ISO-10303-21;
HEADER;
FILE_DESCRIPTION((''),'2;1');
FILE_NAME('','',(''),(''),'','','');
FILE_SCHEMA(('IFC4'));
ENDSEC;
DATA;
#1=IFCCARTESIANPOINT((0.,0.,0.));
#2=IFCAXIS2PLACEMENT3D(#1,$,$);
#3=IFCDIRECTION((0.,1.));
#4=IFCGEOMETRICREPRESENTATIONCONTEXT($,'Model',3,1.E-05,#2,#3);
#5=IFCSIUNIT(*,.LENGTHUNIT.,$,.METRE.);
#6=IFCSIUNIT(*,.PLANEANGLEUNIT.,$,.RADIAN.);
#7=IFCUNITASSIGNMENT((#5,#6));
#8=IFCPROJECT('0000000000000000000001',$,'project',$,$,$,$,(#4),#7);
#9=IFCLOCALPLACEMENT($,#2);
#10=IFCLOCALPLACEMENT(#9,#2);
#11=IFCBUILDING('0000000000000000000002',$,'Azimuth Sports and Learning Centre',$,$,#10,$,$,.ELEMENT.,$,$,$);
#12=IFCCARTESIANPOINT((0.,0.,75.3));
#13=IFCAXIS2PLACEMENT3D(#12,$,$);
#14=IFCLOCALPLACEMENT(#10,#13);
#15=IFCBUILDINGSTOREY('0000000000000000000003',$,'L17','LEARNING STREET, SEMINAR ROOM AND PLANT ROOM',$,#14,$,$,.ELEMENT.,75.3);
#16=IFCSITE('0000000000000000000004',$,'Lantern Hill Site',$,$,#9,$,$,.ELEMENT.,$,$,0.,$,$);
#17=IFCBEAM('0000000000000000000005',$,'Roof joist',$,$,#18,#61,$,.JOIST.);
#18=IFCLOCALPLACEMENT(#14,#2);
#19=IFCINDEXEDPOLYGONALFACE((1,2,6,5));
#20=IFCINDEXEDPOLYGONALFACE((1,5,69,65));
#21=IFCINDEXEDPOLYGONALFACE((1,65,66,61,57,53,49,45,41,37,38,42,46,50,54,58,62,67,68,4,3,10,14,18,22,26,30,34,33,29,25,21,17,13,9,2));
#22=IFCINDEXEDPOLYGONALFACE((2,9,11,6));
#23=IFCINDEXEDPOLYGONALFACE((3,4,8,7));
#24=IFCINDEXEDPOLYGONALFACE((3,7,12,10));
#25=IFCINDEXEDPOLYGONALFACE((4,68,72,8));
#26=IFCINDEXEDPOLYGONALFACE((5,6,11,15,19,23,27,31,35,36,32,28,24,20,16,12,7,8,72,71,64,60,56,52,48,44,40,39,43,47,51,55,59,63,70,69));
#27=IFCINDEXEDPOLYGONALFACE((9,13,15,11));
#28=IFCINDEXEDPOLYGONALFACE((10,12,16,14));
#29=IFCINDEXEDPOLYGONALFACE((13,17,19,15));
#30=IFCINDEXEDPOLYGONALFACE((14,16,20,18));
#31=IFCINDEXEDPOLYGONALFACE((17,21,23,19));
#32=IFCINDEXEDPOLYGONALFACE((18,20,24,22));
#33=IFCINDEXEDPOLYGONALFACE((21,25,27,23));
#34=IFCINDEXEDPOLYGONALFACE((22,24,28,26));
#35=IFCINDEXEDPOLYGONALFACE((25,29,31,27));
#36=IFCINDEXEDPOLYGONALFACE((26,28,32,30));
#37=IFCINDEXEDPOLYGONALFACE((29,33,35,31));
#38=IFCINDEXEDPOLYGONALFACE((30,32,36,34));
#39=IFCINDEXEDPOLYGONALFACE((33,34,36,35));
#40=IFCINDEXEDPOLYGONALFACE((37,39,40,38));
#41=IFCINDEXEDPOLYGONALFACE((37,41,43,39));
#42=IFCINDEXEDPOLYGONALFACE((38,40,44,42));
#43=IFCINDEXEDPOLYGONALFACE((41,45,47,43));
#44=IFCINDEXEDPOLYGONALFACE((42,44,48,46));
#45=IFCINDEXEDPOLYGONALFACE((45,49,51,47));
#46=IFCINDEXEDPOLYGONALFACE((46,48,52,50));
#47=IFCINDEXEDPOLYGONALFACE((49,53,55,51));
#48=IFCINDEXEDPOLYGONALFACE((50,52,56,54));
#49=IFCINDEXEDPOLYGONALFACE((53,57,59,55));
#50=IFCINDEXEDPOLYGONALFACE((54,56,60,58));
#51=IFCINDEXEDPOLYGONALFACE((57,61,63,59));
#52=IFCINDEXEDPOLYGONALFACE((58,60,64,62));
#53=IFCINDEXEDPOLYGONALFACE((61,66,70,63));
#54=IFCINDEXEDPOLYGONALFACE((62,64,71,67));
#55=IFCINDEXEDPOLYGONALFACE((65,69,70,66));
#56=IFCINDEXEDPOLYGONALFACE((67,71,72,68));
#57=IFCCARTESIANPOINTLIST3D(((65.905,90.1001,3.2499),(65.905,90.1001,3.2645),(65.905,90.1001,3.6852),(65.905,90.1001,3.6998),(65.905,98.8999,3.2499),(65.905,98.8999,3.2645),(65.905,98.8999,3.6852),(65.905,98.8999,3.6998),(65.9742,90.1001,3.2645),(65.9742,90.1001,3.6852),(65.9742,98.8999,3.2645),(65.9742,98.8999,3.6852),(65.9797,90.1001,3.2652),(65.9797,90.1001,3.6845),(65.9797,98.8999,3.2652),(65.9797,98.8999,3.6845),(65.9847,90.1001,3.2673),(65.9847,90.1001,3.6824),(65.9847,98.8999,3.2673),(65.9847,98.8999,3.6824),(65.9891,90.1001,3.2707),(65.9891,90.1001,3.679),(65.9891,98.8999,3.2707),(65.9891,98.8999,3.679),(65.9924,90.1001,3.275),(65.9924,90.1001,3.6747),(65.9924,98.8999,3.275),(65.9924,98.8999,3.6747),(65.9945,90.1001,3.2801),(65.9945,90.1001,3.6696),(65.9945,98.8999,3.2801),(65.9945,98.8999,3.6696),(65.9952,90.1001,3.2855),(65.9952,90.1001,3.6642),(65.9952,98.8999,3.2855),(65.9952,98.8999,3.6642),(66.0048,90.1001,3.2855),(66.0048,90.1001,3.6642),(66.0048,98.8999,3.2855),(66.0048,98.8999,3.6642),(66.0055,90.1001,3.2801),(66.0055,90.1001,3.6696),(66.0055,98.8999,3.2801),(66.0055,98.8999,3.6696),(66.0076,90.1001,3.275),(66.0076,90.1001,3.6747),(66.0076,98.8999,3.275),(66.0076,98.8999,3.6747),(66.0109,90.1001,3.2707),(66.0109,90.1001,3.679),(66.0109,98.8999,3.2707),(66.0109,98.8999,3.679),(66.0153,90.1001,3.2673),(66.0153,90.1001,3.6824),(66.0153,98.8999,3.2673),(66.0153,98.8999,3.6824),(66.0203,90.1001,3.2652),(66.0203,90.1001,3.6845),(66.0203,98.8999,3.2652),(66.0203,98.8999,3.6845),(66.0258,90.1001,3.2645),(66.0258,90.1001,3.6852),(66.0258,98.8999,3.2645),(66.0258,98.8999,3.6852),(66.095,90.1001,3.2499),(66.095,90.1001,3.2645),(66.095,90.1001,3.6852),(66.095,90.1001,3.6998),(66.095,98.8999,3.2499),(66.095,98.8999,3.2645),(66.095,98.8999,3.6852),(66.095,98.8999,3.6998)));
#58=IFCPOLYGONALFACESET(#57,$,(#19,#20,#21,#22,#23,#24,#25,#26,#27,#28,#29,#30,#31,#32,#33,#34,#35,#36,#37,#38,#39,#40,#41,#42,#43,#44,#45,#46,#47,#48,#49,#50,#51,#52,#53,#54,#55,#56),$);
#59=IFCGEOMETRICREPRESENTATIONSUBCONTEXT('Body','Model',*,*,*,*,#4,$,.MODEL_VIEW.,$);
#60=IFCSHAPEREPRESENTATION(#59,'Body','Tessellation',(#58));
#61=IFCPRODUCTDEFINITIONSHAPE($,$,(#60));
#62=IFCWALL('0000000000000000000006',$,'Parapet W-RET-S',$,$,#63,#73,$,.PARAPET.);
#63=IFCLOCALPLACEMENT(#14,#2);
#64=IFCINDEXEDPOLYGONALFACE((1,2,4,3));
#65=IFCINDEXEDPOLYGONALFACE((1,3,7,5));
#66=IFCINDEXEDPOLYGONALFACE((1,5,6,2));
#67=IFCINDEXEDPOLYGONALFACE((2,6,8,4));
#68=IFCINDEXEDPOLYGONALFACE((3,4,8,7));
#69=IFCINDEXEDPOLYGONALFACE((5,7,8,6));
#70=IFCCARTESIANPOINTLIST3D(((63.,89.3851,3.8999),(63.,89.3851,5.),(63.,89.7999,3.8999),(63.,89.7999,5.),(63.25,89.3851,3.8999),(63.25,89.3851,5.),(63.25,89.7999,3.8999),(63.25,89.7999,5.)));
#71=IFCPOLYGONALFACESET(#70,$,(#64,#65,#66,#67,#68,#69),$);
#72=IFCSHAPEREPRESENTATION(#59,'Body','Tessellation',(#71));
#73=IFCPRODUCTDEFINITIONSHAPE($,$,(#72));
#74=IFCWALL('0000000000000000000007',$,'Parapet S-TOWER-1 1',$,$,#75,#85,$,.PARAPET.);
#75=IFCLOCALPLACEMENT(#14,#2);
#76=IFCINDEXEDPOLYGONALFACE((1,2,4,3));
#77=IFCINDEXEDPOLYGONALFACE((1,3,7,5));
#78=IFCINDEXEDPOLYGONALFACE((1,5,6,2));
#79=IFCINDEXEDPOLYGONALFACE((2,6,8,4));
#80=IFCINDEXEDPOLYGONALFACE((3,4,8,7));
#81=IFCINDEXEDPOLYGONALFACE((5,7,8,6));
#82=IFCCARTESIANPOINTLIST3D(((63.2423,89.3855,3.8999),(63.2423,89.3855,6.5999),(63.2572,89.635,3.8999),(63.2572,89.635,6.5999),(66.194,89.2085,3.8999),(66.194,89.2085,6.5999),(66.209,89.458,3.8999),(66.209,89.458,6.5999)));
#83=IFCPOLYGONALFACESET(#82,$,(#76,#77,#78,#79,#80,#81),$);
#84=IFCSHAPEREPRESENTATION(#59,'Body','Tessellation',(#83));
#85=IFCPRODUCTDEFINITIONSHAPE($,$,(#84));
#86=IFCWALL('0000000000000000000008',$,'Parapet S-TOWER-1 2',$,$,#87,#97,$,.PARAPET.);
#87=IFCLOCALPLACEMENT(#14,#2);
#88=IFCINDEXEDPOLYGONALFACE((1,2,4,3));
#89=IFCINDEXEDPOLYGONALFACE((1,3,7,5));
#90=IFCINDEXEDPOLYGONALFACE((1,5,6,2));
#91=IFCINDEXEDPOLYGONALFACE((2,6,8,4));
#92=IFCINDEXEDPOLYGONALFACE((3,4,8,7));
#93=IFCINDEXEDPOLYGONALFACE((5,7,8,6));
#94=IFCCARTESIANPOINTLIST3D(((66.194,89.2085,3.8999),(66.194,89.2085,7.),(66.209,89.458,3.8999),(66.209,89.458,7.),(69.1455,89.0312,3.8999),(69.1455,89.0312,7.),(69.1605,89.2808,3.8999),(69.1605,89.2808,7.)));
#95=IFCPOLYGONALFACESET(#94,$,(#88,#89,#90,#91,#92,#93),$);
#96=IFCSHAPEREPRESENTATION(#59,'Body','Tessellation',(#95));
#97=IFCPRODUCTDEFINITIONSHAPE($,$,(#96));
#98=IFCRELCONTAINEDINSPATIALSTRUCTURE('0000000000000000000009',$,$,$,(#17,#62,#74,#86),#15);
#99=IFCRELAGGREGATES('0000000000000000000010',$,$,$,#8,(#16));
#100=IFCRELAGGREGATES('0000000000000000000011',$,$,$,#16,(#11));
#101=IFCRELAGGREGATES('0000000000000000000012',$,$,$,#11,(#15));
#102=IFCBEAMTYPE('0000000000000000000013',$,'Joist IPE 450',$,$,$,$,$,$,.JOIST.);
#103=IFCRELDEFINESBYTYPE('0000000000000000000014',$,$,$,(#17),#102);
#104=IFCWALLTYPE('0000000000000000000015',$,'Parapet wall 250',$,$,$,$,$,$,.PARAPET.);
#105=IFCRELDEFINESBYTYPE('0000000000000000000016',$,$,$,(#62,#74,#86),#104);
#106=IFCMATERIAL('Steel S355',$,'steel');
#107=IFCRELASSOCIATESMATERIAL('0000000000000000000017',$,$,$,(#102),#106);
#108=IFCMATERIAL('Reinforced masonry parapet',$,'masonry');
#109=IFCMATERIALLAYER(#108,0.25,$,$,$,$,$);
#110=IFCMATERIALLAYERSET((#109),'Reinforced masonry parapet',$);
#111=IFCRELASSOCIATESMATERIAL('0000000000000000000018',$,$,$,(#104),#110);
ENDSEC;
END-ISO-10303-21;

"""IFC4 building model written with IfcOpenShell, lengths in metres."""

from ifc_helpers import new_model, si_unit, direction, frame, frame_2d, origin, origin_2d, place, context, subcontext, project, spatial, rectangle, i_section, extrude, material, layer, layer_set, material_profile, profile_set, type_object, element, save


model = new_model("IFC4")

# Units and contexts
model_context = context("Model", 3, precision=1e-05, world=origin(), true_north=direction((0.0, 1.0)))
body_context = subcontext(model_context, "Body", "Model", "MODEL_VIEW")
ifc_project = project(units=[si_unit("LENGTHUNIT", "METRE"), si_unit("PLANEANGLEUNIT", "RADIAN")], contexts=[model_context])

# Site, building, storey
site_placement = place(None, origin())
site = spatial("IfcSite", under=ifc_project, at=site_placement, Name="Lantern Hill Site", CompositionType="ELEMENT", RefElevation=0.0)
building_placement = place(site_placement, origin())
building = spatial("IfcBuilding", under=site, at=building_placement, Name="Azimuth Sports and Learning Centre", CompositionType="ELEMENT")
storey_placement = place(building_placement, frame((0.0, 0.0, 75.3)))
storey = spatial("IfcBuildingStorey", under=building, at=storey_placement, Name="L17", Description="LEARNING STREET, SEMINAR ROOM AND PLANT ROOM", CompositionType="ELEMENT", Elevation=75.3)

# Beam
ifc_material_1 = material(Name="Steel S355", Category="steel")
ifc_material_profile_1 = material_profile(ifc_material_1, i_section(OverallWidth=0.1899, OverallDepth=0.45, WebThickness=0.0095, FlangeThickness=0.0146, FilletRadius=0.021, at=origin_2d()), Name="IPE 450")
ifc_profile_set_1 = profile_set([ifc_material_profile_1], Name="Steel S355")
beam_type_1 = type_object("IfcBeamType", Name="Joist IPE 450", PredefinedType="JOIST", material=ifc_profile_set_1)
beam_1_placement = place(storey_placement, frame((66.0, 90.1001, 3.4749), z_axis=(0.0, 1.0, 0.0), x_axis=(-1.0, 0.0, 0.0)))
element("IfcBeam", 1, at=beam_1_placement, inside=storey, type_object=beam_type_1, Name="Roof joist", PredefinedType="JOIST", context=body_context, shape_type="SweptSolid", body=[
    extrude(i_section(OverallWidth=0.1899, OverallDepth=0.45, WebThickness=0.0095, FlangeThickness=0.0146, FilletRadius=0.021, at=origin_2d()), origin(), (0.0, 0.0, 1.0), 8.7998),
])

# Walls
ifc_material_2 = material(Name="Reinforced masonry parapet", Category="masonry")
ifc_layer = layer(ifc_material_2, 0.25)
ifc_layer_set = layer_set([ifc_layer], Name="Reinforced masonry parapet")
wall_type = type_object("IfcWallType", Name="Parapet wall 250", PredefinedType="PARAPET", material=ifc_layer_set)
wall_1_placement = place(storey_placement, frame((63.125, 89.8, 3.8999), z_axis=(0.0, 0.0, 1.0), x_axis=(0.0, -1.0, 0.0)))
element("IfcWall", 2, at=wall_1_placement, inside=storey, type_object=wall_type, Name="Parapet W-RET-S", PredefinedType="PARAPET", context=body_context, shape_type="SweptSolid", body=[
    extrude(rectangle(XDim=0.4148, YDim=0.25, at=frame_2d((0.2075, 0.0))), origin(), (0.0, 0.0, 1.0), 1.1001),
])
wall_2_placement = place(storey_placement, frame((63.2498, 89.5103, 3.8999), z_axis=(0.0, 0.0, 1.0), x_axis=(0.998207, -0.059859, 0.0)))
element("IfcWall", 3, at=wall_2_placement, inside=storey, type_object=wall_type, Name="Parapet S-TOWER-1 1", PredefinedType="PARAPET", context=body_context, shape_type="SweptSolid", body=[
    extrude(rectangle(XDim=2.957, YDim=0.25, at=frame_2d((1.4785, 0.0))), origin(), (0.0, 0.0, 1.0), 2.7),
])
wall_3_placement = place(storey_placement, frame((66.2014, 89.3333, 3.8999), z_axis=(0.0, 0.0, 1.0), x_axis=(0.998202, -0.059947, 0.0)))
element("IfcWall", 4, at=wall_3_placement, inside=storey, type_object=wall_type, Name="Parapet S-TOWER-1 2", PredefinedType="PARAPET", context=body_context, shape_type="SweptSolid", body=[
    extrude(rectangle(XDim=2.9568, YDim=0.25, at=frame_2d((1.4785, 0.0))), origin(), (0.0, 0.0, 1.0), 3.1001),
])

save(model, "model.ifc")
